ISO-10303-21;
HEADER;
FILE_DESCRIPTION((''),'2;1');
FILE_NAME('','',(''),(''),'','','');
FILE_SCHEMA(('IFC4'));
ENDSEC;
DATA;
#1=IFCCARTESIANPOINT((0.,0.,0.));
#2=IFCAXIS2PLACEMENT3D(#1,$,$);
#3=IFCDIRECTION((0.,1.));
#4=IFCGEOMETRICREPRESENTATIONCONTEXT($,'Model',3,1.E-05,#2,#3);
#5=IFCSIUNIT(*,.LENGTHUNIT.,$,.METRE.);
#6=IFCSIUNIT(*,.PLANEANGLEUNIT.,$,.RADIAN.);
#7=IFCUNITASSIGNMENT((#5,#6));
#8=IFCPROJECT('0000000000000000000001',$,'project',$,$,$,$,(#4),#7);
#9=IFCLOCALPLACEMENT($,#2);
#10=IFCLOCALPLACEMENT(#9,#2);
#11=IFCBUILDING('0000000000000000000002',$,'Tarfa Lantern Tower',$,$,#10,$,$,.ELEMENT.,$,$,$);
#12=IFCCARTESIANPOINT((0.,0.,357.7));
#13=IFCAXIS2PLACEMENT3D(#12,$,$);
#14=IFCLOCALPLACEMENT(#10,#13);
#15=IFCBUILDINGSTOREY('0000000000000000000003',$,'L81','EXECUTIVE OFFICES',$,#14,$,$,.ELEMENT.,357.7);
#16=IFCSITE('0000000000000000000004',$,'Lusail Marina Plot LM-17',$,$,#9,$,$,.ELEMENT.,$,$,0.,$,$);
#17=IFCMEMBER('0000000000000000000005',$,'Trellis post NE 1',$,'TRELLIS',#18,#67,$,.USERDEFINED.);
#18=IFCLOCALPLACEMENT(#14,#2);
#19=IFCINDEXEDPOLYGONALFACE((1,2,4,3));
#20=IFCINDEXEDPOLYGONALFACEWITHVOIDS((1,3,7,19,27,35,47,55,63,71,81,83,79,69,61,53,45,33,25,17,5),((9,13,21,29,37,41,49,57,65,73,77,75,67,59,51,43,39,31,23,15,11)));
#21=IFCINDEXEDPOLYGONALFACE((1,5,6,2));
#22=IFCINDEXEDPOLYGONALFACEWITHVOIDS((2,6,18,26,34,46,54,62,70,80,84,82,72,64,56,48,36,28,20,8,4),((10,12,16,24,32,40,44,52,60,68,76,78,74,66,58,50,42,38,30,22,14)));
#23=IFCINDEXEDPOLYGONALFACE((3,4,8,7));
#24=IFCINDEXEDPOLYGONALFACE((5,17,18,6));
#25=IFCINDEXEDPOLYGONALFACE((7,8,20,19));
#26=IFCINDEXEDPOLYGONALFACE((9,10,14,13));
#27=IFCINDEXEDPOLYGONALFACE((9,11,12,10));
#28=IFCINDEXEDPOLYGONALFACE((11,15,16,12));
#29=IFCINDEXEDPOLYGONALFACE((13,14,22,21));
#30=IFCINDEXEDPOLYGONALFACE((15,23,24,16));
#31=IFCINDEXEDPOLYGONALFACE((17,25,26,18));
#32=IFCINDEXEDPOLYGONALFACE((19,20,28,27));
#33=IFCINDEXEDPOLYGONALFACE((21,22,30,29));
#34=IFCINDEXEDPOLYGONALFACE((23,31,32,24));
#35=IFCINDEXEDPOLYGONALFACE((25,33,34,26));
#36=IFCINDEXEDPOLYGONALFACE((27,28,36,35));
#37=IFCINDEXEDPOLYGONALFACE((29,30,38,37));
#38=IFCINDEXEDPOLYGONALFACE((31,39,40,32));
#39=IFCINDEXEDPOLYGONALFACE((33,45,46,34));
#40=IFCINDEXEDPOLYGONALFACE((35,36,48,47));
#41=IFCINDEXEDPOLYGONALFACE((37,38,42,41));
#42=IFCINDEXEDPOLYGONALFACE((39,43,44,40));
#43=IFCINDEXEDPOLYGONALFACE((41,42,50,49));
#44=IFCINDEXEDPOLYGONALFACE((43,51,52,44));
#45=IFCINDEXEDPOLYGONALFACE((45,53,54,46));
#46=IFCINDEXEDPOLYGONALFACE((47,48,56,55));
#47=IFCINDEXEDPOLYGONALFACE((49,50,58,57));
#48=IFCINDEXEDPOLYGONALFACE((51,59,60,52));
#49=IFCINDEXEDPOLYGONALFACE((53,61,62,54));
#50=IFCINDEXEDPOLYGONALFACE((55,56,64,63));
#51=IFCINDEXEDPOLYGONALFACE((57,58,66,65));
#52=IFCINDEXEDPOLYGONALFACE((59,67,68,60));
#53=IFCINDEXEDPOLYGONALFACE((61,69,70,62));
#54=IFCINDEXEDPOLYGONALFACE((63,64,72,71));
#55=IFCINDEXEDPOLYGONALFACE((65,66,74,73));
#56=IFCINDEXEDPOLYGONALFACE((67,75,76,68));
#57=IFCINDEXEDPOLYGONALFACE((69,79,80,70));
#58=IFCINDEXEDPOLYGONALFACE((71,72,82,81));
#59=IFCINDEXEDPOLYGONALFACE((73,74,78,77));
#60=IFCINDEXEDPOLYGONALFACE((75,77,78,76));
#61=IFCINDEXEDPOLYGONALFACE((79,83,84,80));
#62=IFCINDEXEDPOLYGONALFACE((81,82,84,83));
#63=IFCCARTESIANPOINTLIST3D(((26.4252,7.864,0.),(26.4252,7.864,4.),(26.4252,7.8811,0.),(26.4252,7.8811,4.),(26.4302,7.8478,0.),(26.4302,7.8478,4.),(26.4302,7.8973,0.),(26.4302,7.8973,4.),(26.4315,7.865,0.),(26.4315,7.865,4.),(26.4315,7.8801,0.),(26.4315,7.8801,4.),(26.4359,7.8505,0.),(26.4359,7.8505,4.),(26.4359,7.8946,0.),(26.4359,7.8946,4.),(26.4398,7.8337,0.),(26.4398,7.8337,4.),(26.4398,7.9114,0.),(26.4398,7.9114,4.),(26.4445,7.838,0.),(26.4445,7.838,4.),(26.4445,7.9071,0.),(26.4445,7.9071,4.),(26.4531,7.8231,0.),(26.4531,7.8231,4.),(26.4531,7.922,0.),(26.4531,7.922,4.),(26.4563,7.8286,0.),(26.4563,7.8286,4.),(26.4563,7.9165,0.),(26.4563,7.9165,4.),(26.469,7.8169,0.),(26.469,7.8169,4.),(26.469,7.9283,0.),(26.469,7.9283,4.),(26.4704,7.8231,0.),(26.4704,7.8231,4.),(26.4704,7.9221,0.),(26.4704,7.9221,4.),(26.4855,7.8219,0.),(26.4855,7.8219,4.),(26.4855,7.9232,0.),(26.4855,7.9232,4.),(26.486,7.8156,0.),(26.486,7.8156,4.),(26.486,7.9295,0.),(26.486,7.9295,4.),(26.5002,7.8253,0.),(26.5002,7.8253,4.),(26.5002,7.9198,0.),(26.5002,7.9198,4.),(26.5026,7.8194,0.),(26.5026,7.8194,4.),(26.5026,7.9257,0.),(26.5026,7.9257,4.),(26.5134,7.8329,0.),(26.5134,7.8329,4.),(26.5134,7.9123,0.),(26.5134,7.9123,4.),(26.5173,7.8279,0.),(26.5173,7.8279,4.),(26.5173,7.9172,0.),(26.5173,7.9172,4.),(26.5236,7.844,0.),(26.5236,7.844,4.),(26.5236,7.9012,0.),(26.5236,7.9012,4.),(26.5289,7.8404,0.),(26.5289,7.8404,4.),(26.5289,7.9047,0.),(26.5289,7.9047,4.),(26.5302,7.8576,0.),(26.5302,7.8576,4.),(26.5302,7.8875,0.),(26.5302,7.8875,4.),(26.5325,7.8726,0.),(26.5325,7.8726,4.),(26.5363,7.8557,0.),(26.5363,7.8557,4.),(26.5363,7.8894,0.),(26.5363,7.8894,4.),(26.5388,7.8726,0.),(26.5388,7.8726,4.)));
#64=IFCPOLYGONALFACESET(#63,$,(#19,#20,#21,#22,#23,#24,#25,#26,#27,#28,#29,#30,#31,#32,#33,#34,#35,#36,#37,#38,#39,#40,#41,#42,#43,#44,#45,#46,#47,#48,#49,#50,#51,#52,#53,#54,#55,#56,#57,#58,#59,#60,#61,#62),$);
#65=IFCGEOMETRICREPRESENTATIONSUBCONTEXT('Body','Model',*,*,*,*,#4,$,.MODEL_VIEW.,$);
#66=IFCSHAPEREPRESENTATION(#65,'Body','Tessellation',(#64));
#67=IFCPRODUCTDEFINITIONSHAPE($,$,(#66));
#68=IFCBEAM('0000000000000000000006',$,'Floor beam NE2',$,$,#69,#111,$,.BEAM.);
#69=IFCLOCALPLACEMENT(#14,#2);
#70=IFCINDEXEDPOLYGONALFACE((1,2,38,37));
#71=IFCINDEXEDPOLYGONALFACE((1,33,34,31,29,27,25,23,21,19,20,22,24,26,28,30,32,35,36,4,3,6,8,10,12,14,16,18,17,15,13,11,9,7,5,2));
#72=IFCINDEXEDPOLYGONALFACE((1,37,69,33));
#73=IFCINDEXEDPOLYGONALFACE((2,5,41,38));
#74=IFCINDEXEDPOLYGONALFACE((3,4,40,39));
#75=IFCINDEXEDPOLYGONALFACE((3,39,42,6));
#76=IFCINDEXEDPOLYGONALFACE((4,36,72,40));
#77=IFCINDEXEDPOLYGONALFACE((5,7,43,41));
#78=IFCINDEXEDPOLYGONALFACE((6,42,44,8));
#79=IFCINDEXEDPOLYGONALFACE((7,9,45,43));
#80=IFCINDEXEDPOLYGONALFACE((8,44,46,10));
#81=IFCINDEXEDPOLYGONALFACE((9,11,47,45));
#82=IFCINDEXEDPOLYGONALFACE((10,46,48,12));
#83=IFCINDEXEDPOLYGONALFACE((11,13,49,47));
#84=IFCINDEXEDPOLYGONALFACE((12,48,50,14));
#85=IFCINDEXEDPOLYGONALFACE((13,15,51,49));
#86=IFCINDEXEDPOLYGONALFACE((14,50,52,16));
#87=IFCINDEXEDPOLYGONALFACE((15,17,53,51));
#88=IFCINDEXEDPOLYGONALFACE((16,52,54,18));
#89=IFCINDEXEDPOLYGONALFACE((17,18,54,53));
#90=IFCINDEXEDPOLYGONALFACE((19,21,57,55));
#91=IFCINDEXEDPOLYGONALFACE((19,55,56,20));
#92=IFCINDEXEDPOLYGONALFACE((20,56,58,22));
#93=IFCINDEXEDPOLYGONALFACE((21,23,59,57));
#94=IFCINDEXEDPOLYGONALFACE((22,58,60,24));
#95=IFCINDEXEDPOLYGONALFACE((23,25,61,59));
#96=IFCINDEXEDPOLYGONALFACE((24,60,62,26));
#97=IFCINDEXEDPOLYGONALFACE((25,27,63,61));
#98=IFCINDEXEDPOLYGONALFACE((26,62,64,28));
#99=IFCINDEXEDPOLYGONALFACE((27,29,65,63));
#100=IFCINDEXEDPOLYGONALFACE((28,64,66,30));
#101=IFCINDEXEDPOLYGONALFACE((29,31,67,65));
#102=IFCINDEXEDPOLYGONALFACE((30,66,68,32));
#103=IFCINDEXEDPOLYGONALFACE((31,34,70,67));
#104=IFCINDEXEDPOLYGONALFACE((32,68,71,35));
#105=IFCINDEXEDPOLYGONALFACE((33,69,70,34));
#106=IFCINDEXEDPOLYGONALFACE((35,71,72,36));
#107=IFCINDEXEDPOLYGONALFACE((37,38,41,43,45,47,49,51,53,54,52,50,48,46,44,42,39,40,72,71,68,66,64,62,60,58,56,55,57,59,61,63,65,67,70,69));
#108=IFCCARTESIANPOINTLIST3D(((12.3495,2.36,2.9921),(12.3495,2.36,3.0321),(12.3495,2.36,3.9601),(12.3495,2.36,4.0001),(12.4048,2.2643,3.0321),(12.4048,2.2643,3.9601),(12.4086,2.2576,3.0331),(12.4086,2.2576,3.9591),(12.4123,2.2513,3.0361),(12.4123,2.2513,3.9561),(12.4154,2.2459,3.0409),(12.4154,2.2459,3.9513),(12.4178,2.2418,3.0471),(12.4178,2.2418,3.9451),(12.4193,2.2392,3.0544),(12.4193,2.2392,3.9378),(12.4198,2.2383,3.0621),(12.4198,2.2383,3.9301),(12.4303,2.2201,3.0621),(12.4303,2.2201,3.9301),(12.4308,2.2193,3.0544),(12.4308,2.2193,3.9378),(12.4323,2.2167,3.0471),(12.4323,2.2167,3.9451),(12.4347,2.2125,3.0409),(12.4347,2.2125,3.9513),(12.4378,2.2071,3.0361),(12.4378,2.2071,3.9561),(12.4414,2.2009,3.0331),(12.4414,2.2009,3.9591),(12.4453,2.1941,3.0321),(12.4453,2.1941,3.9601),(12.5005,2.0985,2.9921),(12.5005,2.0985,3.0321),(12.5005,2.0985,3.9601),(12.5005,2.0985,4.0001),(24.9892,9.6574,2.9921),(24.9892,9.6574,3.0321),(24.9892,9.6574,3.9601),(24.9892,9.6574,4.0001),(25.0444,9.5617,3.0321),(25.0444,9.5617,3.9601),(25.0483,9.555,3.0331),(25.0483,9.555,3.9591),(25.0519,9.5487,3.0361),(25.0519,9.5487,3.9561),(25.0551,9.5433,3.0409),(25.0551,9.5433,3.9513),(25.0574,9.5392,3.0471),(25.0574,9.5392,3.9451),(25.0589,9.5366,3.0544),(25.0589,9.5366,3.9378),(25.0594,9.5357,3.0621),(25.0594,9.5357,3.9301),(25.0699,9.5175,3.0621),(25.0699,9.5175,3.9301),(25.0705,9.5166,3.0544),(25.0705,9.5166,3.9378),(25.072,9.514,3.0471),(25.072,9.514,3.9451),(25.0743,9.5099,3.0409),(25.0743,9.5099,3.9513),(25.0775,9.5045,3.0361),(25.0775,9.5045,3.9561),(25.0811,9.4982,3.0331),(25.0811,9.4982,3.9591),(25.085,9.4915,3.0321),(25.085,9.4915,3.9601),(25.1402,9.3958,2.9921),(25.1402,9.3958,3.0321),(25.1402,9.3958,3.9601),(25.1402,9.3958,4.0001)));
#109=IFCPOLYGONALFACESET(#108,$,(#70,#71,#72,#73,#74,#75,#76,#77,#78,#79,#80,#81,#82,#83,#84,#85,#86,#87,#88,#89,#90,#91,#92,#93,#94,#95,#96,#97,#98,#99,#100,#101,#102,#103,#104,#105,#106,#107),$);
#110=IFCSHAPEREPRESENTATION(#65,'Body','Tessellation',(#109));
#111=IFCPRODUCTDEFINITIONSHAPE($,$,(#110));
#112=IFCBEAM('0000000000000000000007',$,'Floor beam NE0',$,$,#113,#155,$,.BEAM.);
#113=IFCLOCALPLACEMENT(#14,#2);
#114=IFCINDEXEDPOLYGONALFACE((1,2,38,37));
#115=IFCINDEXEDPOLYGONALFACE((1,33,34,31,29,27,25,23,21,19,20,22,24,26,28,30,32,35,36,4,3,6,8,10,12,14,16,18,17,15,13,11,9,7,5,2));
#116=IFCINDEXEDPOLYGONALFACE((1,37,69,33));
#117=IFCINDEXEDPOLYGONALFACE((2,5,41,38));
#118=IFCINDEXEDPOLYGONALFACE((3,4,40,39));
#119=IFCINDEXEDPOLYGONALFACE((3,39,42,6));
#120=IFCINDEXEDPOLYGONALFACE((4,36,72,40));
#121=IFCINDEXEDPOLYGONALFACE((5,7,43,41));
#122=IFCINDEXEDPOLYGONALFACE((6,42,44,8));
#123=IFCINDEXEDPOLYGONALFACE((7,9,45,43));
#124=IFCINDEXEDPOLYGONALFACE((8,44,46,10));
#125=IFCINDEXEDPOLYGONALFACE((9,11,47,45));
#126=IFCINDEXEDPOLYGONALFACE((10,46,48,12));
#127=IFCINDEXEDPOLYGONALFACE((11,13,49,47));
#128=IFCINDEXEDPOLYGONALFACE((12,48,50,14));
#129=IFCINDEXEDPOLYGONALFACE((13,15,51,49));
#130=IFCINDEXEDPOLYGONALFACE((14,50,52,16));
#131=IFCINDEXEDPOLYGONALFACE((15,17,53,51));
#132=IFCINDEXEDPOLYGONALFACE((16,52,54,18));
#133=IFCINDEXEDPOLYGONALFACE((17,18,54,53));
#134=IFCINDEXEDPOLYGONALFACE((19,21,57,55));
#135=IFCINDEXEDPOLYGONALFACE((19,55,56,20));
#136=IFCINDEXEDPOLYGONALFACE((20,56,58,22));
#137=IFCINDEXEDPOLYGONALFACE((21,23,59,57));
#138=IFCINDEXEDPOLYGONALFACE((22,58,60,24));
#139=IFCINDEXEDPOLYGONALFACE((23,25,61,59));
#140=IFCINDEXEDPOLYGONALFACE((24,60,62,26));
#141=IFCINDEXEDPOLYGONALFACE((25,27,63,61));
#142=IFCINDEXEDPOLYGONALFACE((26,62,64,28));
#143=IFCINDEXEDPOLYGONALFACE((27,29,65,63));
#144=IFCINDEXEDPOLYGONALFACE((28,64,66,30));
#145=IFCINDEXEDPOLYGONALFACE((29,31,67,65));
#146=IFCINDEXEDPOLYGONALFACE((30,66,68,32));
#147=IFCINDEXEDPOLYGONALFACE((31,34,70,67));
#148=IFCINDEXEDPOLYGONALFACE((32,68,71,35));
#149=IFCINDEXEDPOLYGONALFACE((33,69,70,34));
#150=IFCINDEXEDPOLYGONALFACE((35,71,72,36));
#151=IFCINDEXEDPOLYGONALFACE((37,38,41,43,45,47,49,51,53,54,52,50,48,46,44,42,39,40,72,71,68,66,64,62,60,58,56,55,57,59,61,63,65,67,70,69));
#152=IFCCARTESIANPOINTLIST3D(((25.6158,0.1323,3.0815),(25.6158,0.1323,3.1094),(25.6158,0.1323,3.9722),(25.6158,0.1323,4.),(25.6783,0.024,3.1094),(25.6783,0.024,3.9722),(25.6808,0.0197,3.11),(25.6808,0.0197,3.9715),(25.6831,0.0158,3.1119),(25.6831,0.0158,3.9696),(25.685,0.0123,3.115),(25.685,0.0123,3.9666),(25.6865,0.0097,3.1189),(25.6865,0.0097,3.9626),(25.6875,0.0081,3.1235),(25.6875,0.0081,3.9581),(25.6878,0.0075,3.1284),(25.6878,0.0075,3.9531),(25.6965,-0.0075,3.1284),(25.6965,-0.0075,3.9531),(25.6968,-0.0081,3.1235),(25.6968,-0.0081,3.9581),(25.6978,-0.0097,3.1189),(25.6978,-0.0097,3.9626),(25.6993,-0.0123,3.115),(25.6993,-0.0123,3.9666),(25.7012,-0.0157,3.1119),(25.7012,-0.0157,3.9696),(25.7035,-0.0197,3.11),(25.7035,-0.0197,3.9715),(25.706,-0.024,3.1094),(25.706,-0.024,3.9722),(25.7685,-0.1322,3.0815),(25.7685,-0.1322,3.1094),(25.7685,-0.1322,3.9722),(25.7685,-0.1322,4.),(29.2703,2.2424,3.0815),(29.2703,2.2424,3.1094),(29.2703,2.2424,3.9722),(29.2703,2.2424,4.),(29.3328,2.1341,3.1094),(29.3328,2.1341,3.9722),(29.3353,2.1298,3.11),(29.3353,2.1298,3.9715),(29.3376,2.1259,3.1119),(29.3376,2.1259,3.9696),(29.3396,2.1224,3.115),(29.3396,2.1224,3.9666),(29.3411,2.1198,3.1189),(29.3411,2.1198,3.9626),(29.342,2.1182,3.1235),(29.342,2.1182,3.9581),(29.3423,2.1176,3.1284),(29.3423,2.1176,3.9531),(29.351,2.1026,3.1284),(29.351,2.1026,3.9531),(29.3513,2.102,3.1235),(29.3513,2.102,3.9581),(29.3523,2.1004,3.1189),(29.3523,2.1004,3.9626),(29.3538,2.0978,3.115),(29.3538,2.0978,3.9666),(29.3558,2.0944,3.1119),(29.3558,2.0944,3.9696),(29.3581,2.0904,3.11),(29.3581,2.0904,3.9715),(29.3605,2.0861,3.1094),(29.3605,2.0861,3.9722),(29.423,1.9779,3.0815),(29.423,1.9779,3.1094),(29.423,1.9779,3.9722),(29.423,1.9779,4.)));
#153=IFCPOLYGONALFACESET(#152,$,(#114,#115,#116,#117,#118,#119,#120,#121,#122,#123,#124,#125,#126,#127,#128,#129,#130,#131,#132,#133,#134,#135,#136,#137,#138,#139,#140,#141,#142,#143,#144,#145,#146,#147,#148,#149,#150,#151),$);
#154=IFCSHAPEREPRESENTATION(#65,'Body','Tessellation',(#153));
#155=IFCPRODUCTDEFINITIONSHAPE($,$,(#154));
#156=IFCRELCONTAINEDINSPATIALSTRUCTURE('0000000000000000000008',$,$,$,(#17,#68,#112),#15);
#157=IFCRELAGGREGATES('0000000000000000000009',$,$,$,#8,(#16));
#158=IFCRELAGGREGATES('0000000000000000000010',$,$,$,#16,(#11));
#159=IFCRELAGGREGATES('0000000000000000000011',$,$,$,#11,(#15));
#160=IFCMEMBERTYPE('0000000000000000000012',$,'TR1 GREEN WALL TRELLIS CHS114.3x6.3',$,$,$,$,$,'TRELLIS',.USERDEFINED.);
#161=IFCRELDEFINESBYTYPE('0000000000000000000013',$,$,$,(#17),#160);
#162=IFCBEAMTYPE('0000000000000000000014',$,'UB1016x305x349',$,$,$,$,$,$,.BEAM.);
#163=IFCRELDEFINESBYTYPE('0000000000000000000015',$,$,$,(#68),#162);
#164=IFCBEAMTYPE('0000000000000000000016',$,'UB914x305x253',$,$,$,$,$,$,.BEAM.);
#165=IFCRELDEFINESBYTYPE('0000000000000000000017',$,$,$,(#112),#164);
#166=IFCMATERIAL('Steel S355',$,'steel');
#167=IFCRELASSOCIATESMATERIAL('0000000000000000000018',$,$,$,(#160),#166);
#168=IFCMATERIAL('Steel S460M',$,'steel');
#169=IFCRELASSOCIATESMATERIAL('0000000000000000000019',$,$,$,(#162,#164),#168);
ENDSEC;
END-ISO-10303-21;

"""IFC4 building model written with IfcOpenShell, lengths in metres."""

from ifc_helpers import new_model, si_unit, direction, frame, origin, origin_2d, place, context, subcontext, project, spatial, hollow_circle, i_section, extrude, material, material_profile, profile_set, type_object, element, save


model = new_model("IFC4")

# Units and contexts
model_context = context("Model", 3, precision=1e-05, world=origin(), true_north=direction((0.0, 1.0)))
body_context = subcontext(model_context, "Body", "Model", "MODEL_VIEW")
ifc_project = project(units=[si_unit("LENGTHUNIT", "METRE"), si_unit("PLANEANGLEUNIT", "RADIAN")], contexts=[model_context])

# Site, building, storey
site_placement = place(None, origin())
site = spatial("IfcSite", under=ifc_project, at=site_placement, Name="Lusail Marina Plot LM-17", CompositionType="ELEMENT", RefElevation=0.0)
building_placement = place(site_placement, origin())
building = spatial("IfcBuilding", under=site, at=building_placement, Name="Tarfa Lantern Tower", CompositionType="ELEMENT")
storey_placement = place(building_placement, frame((0.0, 0.0, 357.7)))
storey = spatial("IfcBuildingStorey", under=building, at=storey_placement, Name="L81", Description="EXECUTIVE OFFICES", CompositionType="ELEMENT", Elevation=357.7)

# Member
ifc_material_1 = material(Name="Steel S355", Category="steel")
ifc_material_profile_1 = material_profile(ifc_material_1, hollow_circle(Radius=0.0571, WallThickness=0.0063, at=origin_2d()), Name="CHS114.3x6.3")
ifc_profile_set_1 = profile_set([ifc_material_profile_1], Name="Steel S355")
member_type_1 = type_object("IfcMemberType", Name="TR1 GREEN WALL TRELLIS CHS114.3x6.3", ElementType="TRELLIS", PredefinedType="USERDEFINED", material=ifc_profile_set_1)
member_1_placement = place(storey_placement, frame((26.4817, 7.8726, 0.0), z_axis=(0.0, 0.0, 1.0), x_axis=(1.0, 0.0, 0.0)))
element("IfcMember", 1, at=member_1_placement, inside=storey, type_object=member_type_1, Name="Trellis post NE 1", ObjectType="TRELLIS", PredefinedType="USERDEFINED", context=body_context, shape_type="SweptSolid", body=[
    extrude(hollow_circle(Radius=0.0571, WallThickness=0.0063, at=origin_2d()), origin(), (0.0, 0.0, 1.0), 4.0),
])

# Beams
ifc_material_2 = material(Name="Steel S460M", Category="steel")
ifc_material_profile_2 = material_profile(ifc_material_2, i_section(OverallWidth=0.302, OverallDepth=1.0081, WebThickness=0.021, FlangeThickness=0.04, FilletRadius=0.03, at=origin_2d()), Name="UB1016x305x349")
ifc_profile_set_2 = profile_set([ifc_material_profile_2], Name="Steel S460M")
beam_type_1 = type_object("IfcBeamType", Name="UB1016x305x349", PredefinedType="BEAM", material=ifc_profile_set_2)
beam_1_placement = place(storey_placement, frame((25.0647, 9.5266, 3.4961), z_axis=(-0.86603, -0.499993, 0.0), x_axis=(0.499993, -0.86603, 0.0)))
element("IfcBeam", 2, at=beam_1_placement, inside=storey, type_object=beam_type_1, Name="Floor beam NE2", PredefinedType="BEAM", context=body_context, shape_type="SweptSolid", body=[
    extrude(i_section(OverallWidth=0.302, OverallDepth=1.0081, WebThickness=0.021, FlangeThickness=0.04, FilletRadius=0.03, at=origin_2d()), origin(), (0.0, 0.0, 1.0), 14.595),
])
ifc_material_profile_3 = material_profile(ifc_material_2, i_section(OverallWidth=0.3054, OverallDepth=0.9185, WebThickness=0.0173, FlangeThickness=0.0278, FilletRadius=0.019, at=origin_2d()), Name="UB914x305x253")
ifc_profile_set_3 = profile_set([ifc_material_profile_3], Name="Steel S460M")
beam_type_2 = type_object("IfcBeamType", Name="UB914x305x253", PredefinedType="BEAM", material=ifc_profile_set_3)
beam_2_placement = place(storey_placement, frame((29.3467, 2.1101, 3.5408), z_axis=(-0.866009, -0.500028, 0.0), x_axis=(0.500028, -0.866009, 0.0)))
element("IfcBeam", 3, at=beam_2_placement, inside=storey, type_object=beam_type_2, Name="Floor beam NE0", PredefinedType="BEAM", context=body_context, shape_type="SweptSolid", body=[
    extrude(i_section(OverallWidth=0.3054, OverallDepth=0.9185, WebThickness=0.0173, FlangeThickness=0.0278, FilletRadius=0.019, at=origin_2d()), origin(), (0.0, 0.0, 1.0), 4.22),
])

save(model, "model.ifc")
